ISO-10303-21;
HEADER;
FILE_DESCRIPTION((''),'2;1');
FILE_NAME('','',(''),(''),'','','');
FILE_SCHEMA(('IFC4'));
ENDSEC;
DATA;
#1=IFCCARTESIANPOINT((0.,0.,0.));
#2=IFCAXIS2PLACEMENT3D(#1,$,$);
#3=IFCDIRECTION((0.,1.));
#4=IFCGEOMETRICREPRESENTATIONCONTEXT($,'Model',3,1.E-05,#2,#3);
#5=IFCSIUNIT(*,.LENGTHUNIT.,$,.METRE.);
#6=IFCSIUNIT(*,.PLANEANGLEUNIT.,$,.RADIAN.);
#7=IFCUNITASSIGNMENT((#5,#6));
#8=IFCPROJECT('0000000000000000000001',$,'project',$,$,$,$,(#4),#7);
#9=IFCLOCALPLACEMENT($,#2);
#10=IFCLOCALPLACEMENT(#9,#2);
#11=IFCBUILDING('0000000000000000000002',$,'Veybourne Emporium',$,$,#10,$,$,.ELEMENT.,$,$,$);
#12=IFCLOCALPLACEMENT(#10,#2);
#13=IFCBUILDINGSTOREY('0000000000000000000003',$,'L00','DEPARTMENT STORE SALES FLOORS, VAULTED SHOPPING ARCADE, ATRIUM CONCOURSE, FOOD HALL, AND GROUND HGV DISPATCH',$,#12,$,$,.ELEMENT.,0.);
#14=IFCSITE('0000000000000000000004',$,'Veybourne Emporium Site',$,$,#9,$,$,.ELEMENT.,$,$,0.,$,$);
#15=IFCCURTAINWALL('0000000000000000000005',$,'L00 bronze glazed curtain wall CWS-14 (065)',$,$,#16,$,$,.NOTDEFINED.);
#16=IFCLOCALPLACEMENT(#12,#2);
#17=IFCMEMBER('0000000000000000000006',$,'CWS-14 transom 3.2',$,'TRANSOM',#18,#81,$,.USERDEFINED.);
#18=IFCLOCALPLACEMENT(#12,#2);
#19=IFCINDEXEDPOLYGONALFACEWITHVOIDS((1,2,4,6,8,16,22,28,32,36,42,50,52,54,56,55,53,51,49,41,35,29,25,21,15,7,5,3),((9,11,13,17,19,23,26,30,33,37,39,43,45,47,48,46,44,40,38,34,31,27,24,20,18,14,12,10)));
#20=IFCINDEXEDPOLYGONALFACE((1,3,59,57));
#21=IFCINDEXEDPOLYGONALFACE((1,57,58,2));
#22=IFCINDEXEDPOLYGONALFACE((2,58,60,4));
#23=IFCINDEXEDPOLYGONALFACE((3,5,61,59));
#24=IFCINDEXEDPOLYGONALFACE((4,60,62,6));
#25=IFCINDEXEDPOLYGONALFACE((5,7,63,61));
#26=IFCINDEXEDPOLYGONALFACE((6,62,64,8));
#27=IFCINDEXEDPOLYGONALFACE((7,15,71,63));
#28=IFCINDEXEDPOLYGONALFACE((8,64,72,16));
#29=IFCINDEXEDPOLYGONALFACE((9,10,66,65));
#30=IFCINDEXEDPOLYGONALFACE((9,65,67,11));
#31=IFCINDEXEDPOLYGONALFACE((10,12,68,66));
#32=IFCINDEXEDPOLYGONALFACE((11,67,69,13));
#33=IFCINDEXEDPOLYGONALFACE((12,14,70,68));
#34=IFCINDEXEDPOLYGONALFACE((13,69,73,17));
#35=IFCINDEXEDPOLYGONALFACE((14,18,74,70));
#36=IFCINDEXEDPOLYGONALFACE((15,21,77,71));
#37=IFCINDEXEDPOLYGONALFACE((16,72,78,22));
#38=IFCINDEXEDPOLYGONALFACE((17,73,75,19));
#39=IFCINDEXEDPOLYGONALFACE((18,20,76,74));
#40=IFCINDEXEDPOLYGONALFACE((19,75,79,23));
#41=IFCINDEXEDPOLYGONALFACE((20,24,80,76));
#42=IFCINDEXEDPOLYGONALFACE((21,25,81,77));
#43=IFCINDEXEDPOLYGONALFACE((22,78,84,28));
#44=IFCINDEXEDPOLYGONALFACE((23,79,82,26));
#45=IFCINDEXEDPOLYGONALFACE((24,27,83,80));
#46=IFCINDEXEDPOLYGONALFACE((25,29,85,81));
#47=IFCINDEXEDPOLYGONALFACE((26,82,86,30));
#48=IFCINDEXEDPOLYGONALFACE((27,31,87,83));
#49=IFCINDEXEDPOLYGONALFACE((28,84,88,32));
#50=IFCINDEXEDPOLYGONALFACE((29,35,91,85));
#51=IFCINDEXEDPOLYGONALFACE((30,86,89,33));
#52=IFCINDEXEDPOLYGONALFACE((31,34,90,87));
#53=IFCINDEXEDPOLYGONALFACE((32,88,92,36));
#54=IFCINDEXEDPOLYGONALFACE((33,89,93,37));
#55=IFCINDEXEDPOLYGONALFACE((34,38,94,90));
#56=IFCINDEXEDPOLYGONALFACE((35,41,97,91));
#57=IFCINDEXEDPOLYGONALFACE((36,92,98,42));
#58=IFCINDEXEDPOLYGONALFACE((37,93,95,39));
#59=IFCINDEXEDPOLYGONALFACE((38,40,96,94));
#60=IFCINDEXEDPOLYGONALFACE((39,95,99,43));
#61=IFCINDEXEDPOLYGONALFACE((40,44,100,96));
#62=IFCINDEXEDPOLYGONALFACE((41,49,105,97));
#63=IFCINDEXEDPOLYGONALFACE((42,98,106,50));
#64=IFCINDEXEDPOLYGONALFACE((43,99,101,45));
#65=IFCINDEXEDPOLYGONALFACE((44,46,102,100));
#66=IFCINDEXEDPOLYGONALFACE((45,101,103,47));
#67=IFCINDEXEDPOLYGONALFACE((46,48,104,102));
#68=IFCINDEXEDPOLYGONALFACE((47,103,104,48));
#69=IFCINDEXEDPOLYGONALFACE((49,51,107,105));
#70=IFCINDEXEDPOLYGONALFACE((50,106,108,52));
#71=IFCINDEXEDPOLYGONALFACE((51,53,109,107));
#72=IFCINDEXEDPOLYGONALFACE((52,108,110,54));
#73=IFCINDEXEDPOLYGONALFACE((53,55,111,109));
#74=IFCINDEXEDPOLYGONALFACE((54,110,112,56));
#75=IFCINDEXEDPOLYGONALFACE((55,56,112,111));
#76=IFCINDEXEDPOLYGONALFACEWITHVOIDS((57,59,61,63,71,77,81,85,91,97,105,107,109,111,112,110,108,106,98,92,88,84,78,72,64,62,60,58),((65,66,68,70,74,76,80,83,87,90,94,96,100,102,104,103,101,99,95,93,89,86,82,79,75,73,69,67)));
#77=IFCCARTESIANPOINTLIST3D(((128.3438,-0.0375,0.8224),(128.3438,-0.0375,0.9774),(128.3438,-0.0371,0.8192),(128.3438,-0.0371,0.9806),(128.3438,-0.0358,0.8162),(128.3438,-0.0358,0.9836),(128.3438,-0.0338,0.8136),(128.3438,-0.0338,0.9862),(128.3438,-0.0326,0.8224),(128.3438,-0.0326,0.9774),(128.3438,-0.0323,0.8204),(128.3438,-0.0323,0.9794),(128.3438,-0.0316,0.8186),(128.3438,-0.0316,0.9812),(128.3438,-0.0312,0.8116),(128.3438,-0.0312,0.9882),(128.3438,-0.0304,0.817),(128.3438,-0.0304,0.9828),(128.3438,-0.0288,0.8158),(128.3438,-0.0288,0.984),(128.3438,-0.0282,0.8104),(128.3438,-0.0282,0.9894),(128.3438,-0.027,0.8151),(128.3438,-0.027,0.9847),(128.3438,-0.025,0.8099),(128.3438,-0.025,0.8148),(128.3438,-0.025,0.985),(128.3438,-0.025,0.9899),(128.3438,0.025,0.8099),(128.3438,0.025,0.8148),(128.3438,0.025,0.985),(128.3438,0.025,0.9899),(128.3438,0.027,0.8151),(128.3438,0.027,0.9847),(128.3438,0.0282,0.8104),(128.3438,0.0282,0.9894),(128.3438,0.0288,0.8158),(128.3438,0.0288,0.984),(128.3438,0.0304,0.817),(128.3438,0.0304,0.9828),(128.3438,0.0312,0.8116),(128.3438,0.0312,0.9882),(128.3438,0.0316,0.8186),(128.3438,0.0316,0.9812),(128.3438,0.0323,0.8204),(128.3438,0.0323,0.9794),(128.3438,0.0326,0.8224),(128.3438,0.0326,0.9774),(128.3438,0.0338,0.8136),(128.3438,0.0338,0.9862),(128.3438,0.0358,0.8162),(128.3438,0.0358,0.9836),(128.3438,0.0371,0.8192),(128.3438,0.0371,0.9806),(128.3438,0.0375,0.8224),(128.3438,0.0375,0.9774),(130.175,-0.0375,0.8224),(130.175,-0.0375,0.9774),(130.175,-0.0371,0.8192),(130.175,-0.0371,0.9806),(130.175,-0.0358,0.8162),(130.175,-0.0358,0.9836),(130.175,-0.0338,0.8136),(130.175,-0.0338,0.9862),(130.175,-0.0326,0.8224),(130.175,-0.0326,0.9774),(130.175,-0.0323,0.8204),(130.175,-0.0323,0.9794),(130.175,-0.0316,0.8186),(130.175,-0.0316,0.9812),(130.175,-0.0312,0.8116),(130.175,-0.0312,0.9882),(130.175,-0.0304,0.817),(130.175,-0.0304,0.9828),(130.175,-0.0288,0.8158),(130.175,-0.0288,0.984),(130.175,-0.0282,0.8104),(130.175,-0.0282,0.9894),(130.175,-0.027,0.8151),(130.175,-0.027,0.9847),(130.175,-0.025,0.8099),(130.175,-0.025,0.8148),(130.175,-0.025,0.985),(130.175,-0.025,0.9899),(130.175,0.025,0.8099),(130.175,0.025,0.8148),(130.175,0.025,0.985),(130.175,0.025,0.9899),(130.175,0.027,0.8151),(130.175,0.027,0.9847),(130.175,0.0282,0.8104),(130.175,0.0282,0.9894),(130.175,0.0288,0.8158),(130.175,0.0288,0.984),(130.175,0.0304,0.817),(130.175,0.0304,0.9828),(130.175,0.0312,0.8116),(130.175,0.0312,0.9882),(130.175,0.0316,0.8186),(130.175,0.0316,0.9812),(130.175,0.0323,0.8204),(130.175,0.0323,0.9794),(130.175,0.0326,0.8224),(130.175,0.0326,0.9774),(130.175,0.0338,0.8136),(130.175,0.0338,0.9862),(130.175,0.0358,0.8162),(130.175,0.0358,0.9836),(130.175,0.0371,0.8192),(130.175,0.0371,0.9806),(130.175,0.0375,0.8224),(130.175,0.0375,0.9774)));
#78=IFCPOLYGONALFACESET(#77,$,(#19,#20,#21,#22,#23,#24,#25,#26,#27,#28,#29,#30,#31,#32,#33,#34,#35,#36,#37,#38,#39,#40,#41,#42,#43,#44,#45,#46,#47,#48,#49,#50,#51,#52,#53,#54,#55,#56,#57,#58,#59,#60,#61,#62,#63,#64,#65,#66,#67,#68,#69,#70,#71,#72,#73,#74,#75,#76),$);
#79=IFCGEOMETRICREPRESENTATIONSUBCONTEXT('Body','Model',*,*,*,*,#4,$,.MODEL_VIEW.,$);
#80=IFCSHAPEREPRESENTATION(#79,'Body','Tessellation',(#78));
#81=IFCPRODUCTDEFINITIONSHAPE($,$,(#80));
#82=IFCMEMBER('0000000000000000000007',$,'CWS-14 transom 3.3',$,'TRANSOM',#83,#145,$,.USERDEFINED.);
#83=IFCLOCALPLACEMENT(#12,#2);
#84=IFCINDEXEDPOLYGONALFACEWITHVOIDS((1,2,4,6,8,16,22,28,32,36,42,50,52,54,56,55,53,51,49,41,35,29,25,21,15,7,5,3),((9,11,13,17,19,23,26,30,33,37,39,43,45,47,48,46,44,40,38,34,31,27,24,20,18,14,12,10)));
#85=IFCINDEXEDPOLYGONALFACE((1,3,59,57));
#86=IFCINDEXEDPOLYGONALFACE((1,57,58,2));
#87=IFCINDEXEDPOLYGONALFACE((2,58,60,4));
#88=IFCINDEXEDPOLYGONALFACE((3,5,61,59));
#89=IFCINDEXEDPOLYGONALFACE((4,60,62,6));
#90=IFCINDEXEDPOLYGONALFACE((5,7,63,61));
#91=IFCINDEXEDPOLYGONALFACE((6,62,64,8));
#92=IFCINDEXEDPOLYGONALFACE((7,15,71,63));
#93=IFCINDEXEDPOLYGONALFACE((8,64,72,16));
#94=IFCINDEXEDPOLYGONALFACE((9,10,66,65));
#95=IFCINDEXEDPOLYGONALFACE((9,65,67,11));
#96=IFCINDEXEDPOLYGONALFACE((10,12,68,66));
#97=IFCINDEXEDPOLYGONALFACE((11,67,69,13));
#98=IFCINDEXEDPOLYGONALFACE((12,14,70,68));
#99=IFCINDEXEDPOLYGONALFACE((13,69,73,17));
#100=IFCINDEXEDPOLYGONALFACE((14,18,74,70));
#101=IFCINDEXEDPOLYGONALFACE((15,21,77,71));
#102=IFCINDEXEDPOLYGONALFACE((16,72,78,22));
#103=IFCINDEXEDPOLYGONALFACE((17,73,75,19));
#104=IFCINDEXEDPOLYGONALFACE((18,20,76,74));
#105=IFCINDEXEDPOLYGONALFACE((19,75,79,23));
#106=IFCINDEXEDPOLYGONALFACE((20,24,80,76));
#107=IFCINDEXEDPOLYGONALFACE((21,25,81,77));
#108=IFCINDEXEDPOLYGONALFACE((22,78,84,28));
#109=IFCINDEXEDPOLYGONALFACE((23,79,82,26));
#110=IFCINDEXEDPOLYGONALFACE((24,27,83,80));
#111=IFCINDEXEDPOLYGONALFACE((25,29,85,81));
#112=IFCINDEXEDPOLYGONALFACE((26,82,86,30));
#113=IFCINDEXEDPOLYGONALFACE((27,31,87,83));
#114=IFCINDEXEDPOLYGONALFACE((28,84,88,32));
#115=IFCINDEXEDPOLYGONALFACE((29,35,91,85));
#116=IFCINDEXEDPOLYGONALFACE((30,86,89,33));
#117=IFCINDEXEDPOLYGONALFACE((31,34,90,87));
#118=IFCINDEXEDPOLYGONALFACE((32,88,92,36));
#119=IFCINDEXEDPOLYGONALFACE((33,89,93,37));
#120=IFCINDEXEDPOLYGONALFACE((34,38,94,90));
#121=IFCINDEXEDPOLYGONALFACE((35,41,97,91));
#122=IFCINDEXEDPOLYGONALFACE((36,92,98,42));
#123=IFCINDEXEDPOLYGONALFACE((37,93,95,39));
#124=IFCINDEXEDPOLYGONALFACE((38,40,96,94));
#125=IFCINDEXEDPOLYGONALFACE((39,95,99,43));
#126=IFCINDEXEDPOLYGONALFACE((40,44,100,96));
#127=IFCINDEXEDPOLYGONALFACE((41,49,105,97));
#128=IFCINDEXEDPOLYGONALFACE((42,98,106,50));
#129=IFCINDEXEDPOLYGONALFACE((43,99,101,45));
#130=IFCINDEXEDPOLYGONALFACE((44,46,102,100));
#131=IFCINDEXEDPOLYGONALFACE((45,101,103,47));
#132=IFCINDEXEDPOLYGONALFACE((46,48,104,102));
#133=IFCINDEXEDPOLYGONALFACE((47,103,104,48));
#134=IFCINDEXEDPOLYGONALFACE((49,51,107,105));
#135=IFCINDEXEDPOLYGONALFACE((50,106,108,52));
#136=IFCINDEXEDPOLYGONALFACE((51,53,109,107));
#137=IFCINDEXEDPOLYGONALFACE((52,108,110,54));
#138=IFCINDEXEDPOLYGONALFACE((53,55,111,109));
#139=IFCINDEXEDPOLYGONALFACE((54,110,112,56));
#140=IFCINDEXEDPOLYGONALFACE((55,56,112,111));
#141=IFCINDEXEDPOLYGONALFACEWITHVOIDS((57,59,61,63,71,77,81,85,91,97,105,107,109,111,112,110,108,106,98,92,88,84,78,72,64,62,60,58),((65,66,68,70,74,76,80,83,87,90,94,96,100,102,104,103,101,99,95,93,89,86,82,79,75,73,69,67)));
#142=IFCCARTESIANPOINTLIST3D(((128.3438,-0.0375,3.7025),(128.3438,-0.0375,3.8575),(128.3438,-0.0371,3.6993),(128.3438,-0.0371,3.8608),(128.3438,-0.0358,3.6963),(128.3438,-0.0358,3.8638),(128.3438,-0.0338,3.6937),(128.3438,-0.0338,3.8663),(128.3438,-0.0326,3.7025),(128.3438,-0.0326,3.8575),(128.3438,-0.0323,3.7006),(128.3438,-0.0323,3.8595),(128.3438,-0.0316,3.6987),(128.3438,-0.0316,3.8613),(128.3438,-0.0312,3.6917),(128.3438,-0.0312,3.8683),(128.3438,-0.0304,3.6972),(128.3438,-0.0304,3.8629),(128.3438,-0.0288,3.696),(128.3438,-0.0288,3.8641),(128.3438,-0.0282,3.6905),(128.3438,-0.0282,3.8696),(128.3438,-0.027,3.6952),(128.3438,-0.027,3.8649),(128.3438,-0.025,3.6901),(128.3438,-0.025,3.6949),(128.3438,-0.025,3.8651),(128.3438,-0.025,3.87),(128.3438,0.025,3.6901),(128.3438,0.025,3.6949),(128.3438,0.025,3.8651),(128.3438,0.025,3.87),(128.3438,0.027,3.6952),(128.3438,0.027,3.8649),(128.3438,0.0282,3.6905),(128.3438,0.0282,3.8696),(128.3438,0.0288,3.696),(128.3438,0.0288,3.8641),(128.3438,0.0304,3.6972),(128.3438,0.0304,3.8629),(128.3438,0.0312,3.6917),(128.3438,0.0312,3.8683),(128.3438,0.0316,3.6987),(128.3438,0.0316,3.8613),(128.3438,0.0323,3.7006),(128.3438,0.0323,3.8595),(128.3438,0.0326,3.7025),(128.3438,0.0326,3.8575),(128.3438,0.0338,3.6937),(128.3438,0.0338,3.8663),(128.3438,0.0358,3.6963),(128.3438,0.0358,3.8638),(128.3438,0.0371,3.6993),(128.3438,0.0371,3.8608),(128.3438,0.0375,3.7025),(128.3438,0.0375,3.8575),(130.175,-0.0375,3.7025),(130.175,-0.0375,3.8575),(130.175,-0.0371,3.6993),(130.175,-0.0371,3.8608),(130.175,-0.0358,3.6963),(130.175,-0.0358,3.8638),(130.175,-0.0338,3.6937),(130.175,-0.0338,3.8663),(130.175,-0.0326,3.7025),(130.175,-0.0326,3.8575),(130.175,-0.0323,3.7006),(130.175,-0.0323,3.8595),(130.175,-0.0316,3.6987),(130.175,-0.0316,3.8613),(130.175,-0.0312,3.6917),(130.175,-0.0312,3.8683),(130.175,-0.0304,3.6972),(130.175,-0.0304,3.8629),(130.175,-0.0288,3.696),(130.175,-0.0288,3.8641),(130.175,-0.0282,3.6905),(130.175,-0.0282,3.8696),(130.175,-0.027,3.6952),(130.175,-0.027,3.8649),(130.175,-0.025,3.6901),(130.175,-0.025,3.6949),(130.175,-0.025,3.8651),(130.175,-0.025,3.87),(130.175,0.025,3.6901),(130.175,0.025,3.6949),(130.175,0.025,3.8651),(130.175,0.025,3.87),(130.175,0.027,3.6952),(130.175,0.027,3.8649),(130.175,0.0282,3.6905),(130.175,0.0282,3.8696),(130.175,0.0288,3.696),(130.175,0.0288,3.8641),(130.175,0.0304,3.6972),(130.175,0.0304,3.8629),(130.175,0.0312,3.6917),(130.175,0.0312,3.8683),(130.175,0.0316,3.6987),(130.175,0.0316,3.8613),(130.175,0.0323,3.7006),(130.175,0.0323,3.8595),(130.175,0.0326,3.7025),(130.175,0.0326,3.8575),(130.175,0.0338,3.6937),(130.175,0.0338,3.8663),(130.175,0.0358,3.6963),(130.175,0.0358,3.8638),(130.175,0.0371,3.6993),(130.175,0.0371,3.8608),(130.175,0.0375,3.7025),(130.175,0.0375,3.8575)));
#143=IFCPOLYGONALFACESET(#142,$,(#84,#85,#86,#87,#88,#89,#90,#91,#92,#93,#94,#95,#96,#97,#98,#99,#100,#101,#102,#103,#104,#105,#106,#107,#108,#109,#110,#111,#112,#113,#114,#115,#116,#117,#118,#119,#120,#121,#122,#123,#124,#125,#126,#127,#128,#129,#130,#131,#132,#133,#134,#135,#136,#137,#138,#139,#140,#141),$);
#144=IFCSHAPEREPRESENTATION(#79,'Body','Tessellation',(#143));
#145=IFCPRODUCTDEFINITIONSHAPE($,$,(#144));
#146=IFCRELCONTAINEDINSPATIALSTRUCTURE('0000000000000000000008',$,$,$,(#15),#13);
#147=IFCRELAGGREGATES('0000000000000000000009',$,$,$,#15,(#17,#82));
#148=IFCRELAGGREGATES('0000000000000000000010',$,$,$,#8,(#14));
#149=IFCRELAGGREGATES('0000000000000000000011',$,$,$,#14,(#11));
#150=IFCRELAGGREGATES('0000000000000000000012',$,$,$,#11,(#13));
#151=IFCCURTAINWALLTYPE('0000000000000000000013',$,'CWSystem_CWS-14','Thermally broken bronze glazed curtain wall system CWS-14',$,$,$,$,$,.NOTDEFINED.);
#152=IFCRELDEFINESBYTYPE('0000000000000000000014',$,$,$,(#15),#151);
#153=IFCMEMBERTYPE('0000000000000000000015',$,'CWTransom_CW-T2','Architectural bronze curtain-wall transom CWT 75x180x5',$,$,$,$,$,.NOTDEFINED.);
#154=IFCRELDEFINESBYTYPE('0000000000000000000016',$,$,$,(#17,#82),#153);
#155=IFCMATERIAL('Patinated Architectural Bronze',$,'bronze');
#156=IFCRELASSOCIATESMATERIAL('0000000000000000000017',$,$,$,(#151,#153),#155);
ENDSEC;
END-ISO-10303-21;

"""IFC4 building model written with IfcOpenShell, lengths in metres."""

from ifc_helpers import new_model, si_unit, direction, frame, origin, origin_2d, place, context, subcontext, project, spatial, hollow_rectangle, extrude, material, material_profile, profile_set, type_object, element, aggregate, save


model = new_model("IFC4")

# Units and contexts
model_context = context("Model", 3, precision=1e-05, world=origin(), true_north=direction((0.0, 1.0)))
body_context = subcontext(model_context, "Body", "Model", "MODEL_VIEW")
ifc_project = project(units=[si_unit("LENGTHUNIT", "METRE"), si_unit("PLANEANGLEUNIT", "RADIAN")], contexts=[model_context])

# Site, building, storey
site_placement = place(None, origin())
site = spatial("IfcSite", under=ifc_project, at=site_placement, Name="Veybourne Emporium Site", CompositionType="ELEMENT", RefElevation=0.0)
building_placement = place(site_placement, origin())
building = spatial("IfcBuilding", under=site, at=building_placement, Name="Veybourne Emporium", CompositionType="ELEMENT")
storey_placement = place(building_placement, origin())
storey = spatial("IfcBuildingStorey", under=building, at=storey_placement, Name="L00", Description="DEPARTMENT STORE SALES FLOORS, VAULTED SHOPPING ARCADE, ATRIUM CONCOURSE, FOOD HALL, AND GROUND HGV DISPATCH", CompositionType="ELEMENT", Elevation=0.0)

# Curtain wall, members
ifc_material_1 = material(Name="Patinated Architectural Bronze", Category="bronze")
curtain_wall_type = type_object("IfcCurtainWallType", Name="CWSystem_CWS-14", Description="Thermally broken bronze glazed curtain wall system CWS-14", PredefinedType="NOTDEFINED", material=ifc_material_1)
curtain_wall_placement = place(storey_placement, origin())
curtain_wall = element("IfcCurtainWall", 1, at=curtain_wall_placement, inside=storey, type_object=curtain_wall_type, Name="L00 bronze glazed curtain wall CWS-14 (065)", PredefinedType="NOTDEFINED")
ifc_material_profile_1 = material_profile(ifc_material_1, hollow_rectangle(XDim=0.075, YDim=0.1799, WallThickness=0.0049, InnerFilletRadius=0.0076, OuterFilletRadius=0.0125, at=origin_2d()), Name="CWT 75x180x5")
ifc_profile_set_1 = profile_set([ifc_material_profile_1], Name="Patinated Architectural Bronze")
member_type_1 = type_object("IfcMemberType", Name="CWTransom_CW-T2", Description="Architectural bronze curtain-wall transom CWT 75x180x5", PredefinedType="NOTDEFINED", material=ifc_profile_set_1)
member_1_placement = place(storey_placement, frame((130.175, 0.0, 0.8999), z_axis=(-1.0, 0.0, 0.0), x_axis=(0.0, -1.0, 0.0)))
member_1 = element("IfcMember", 2, at=member_1_placement, type_object=member_type_1, Name="CWS-14 transom 3.2", ObjectType="TRANSOM", PredefinedType="USERDEFINED", context=body_context, shape_type="SweptSolid", body=[
    extrude(hollow_rectangle(XDim=0.075, YDim=0.1799, WallThickness=0.0049, InnerFilletRadius=0.0076, OuterFilletRadius=0.0125, at=origin_2d()), origin(), (0.0, 0.0, 1.0), 1.8313),
])
member_2_placement = place(storey_placement, frame((130.175, 0.0, 3.78), z_axis=(-1.0, 0.0, 0.0), x_axis=(0.0, -1.0, 0.0)))
member_2 = element("IfcMember", 3, at=member_2_placement, type_object=member_type_1, Name="CWS-14 transom 3.3", ObjectType="TRANSOM", PredefinedType="USERDEFINED", context=body_context, shape_type="SweptSolid", body=[
    extrude(hollow_rectangle(XDim=0.075, YDim=0.1799, WallThickness=0.0049, InnerFilletRadius=0.0076, OuterFilletRadius=0.0125, at=origin_2d()), origin(), (0.0, 0.0, 1.0), 1.8313),
])

aggregate(curtain_wall, [member_1, member_2])

save(model, "model.ifc")
